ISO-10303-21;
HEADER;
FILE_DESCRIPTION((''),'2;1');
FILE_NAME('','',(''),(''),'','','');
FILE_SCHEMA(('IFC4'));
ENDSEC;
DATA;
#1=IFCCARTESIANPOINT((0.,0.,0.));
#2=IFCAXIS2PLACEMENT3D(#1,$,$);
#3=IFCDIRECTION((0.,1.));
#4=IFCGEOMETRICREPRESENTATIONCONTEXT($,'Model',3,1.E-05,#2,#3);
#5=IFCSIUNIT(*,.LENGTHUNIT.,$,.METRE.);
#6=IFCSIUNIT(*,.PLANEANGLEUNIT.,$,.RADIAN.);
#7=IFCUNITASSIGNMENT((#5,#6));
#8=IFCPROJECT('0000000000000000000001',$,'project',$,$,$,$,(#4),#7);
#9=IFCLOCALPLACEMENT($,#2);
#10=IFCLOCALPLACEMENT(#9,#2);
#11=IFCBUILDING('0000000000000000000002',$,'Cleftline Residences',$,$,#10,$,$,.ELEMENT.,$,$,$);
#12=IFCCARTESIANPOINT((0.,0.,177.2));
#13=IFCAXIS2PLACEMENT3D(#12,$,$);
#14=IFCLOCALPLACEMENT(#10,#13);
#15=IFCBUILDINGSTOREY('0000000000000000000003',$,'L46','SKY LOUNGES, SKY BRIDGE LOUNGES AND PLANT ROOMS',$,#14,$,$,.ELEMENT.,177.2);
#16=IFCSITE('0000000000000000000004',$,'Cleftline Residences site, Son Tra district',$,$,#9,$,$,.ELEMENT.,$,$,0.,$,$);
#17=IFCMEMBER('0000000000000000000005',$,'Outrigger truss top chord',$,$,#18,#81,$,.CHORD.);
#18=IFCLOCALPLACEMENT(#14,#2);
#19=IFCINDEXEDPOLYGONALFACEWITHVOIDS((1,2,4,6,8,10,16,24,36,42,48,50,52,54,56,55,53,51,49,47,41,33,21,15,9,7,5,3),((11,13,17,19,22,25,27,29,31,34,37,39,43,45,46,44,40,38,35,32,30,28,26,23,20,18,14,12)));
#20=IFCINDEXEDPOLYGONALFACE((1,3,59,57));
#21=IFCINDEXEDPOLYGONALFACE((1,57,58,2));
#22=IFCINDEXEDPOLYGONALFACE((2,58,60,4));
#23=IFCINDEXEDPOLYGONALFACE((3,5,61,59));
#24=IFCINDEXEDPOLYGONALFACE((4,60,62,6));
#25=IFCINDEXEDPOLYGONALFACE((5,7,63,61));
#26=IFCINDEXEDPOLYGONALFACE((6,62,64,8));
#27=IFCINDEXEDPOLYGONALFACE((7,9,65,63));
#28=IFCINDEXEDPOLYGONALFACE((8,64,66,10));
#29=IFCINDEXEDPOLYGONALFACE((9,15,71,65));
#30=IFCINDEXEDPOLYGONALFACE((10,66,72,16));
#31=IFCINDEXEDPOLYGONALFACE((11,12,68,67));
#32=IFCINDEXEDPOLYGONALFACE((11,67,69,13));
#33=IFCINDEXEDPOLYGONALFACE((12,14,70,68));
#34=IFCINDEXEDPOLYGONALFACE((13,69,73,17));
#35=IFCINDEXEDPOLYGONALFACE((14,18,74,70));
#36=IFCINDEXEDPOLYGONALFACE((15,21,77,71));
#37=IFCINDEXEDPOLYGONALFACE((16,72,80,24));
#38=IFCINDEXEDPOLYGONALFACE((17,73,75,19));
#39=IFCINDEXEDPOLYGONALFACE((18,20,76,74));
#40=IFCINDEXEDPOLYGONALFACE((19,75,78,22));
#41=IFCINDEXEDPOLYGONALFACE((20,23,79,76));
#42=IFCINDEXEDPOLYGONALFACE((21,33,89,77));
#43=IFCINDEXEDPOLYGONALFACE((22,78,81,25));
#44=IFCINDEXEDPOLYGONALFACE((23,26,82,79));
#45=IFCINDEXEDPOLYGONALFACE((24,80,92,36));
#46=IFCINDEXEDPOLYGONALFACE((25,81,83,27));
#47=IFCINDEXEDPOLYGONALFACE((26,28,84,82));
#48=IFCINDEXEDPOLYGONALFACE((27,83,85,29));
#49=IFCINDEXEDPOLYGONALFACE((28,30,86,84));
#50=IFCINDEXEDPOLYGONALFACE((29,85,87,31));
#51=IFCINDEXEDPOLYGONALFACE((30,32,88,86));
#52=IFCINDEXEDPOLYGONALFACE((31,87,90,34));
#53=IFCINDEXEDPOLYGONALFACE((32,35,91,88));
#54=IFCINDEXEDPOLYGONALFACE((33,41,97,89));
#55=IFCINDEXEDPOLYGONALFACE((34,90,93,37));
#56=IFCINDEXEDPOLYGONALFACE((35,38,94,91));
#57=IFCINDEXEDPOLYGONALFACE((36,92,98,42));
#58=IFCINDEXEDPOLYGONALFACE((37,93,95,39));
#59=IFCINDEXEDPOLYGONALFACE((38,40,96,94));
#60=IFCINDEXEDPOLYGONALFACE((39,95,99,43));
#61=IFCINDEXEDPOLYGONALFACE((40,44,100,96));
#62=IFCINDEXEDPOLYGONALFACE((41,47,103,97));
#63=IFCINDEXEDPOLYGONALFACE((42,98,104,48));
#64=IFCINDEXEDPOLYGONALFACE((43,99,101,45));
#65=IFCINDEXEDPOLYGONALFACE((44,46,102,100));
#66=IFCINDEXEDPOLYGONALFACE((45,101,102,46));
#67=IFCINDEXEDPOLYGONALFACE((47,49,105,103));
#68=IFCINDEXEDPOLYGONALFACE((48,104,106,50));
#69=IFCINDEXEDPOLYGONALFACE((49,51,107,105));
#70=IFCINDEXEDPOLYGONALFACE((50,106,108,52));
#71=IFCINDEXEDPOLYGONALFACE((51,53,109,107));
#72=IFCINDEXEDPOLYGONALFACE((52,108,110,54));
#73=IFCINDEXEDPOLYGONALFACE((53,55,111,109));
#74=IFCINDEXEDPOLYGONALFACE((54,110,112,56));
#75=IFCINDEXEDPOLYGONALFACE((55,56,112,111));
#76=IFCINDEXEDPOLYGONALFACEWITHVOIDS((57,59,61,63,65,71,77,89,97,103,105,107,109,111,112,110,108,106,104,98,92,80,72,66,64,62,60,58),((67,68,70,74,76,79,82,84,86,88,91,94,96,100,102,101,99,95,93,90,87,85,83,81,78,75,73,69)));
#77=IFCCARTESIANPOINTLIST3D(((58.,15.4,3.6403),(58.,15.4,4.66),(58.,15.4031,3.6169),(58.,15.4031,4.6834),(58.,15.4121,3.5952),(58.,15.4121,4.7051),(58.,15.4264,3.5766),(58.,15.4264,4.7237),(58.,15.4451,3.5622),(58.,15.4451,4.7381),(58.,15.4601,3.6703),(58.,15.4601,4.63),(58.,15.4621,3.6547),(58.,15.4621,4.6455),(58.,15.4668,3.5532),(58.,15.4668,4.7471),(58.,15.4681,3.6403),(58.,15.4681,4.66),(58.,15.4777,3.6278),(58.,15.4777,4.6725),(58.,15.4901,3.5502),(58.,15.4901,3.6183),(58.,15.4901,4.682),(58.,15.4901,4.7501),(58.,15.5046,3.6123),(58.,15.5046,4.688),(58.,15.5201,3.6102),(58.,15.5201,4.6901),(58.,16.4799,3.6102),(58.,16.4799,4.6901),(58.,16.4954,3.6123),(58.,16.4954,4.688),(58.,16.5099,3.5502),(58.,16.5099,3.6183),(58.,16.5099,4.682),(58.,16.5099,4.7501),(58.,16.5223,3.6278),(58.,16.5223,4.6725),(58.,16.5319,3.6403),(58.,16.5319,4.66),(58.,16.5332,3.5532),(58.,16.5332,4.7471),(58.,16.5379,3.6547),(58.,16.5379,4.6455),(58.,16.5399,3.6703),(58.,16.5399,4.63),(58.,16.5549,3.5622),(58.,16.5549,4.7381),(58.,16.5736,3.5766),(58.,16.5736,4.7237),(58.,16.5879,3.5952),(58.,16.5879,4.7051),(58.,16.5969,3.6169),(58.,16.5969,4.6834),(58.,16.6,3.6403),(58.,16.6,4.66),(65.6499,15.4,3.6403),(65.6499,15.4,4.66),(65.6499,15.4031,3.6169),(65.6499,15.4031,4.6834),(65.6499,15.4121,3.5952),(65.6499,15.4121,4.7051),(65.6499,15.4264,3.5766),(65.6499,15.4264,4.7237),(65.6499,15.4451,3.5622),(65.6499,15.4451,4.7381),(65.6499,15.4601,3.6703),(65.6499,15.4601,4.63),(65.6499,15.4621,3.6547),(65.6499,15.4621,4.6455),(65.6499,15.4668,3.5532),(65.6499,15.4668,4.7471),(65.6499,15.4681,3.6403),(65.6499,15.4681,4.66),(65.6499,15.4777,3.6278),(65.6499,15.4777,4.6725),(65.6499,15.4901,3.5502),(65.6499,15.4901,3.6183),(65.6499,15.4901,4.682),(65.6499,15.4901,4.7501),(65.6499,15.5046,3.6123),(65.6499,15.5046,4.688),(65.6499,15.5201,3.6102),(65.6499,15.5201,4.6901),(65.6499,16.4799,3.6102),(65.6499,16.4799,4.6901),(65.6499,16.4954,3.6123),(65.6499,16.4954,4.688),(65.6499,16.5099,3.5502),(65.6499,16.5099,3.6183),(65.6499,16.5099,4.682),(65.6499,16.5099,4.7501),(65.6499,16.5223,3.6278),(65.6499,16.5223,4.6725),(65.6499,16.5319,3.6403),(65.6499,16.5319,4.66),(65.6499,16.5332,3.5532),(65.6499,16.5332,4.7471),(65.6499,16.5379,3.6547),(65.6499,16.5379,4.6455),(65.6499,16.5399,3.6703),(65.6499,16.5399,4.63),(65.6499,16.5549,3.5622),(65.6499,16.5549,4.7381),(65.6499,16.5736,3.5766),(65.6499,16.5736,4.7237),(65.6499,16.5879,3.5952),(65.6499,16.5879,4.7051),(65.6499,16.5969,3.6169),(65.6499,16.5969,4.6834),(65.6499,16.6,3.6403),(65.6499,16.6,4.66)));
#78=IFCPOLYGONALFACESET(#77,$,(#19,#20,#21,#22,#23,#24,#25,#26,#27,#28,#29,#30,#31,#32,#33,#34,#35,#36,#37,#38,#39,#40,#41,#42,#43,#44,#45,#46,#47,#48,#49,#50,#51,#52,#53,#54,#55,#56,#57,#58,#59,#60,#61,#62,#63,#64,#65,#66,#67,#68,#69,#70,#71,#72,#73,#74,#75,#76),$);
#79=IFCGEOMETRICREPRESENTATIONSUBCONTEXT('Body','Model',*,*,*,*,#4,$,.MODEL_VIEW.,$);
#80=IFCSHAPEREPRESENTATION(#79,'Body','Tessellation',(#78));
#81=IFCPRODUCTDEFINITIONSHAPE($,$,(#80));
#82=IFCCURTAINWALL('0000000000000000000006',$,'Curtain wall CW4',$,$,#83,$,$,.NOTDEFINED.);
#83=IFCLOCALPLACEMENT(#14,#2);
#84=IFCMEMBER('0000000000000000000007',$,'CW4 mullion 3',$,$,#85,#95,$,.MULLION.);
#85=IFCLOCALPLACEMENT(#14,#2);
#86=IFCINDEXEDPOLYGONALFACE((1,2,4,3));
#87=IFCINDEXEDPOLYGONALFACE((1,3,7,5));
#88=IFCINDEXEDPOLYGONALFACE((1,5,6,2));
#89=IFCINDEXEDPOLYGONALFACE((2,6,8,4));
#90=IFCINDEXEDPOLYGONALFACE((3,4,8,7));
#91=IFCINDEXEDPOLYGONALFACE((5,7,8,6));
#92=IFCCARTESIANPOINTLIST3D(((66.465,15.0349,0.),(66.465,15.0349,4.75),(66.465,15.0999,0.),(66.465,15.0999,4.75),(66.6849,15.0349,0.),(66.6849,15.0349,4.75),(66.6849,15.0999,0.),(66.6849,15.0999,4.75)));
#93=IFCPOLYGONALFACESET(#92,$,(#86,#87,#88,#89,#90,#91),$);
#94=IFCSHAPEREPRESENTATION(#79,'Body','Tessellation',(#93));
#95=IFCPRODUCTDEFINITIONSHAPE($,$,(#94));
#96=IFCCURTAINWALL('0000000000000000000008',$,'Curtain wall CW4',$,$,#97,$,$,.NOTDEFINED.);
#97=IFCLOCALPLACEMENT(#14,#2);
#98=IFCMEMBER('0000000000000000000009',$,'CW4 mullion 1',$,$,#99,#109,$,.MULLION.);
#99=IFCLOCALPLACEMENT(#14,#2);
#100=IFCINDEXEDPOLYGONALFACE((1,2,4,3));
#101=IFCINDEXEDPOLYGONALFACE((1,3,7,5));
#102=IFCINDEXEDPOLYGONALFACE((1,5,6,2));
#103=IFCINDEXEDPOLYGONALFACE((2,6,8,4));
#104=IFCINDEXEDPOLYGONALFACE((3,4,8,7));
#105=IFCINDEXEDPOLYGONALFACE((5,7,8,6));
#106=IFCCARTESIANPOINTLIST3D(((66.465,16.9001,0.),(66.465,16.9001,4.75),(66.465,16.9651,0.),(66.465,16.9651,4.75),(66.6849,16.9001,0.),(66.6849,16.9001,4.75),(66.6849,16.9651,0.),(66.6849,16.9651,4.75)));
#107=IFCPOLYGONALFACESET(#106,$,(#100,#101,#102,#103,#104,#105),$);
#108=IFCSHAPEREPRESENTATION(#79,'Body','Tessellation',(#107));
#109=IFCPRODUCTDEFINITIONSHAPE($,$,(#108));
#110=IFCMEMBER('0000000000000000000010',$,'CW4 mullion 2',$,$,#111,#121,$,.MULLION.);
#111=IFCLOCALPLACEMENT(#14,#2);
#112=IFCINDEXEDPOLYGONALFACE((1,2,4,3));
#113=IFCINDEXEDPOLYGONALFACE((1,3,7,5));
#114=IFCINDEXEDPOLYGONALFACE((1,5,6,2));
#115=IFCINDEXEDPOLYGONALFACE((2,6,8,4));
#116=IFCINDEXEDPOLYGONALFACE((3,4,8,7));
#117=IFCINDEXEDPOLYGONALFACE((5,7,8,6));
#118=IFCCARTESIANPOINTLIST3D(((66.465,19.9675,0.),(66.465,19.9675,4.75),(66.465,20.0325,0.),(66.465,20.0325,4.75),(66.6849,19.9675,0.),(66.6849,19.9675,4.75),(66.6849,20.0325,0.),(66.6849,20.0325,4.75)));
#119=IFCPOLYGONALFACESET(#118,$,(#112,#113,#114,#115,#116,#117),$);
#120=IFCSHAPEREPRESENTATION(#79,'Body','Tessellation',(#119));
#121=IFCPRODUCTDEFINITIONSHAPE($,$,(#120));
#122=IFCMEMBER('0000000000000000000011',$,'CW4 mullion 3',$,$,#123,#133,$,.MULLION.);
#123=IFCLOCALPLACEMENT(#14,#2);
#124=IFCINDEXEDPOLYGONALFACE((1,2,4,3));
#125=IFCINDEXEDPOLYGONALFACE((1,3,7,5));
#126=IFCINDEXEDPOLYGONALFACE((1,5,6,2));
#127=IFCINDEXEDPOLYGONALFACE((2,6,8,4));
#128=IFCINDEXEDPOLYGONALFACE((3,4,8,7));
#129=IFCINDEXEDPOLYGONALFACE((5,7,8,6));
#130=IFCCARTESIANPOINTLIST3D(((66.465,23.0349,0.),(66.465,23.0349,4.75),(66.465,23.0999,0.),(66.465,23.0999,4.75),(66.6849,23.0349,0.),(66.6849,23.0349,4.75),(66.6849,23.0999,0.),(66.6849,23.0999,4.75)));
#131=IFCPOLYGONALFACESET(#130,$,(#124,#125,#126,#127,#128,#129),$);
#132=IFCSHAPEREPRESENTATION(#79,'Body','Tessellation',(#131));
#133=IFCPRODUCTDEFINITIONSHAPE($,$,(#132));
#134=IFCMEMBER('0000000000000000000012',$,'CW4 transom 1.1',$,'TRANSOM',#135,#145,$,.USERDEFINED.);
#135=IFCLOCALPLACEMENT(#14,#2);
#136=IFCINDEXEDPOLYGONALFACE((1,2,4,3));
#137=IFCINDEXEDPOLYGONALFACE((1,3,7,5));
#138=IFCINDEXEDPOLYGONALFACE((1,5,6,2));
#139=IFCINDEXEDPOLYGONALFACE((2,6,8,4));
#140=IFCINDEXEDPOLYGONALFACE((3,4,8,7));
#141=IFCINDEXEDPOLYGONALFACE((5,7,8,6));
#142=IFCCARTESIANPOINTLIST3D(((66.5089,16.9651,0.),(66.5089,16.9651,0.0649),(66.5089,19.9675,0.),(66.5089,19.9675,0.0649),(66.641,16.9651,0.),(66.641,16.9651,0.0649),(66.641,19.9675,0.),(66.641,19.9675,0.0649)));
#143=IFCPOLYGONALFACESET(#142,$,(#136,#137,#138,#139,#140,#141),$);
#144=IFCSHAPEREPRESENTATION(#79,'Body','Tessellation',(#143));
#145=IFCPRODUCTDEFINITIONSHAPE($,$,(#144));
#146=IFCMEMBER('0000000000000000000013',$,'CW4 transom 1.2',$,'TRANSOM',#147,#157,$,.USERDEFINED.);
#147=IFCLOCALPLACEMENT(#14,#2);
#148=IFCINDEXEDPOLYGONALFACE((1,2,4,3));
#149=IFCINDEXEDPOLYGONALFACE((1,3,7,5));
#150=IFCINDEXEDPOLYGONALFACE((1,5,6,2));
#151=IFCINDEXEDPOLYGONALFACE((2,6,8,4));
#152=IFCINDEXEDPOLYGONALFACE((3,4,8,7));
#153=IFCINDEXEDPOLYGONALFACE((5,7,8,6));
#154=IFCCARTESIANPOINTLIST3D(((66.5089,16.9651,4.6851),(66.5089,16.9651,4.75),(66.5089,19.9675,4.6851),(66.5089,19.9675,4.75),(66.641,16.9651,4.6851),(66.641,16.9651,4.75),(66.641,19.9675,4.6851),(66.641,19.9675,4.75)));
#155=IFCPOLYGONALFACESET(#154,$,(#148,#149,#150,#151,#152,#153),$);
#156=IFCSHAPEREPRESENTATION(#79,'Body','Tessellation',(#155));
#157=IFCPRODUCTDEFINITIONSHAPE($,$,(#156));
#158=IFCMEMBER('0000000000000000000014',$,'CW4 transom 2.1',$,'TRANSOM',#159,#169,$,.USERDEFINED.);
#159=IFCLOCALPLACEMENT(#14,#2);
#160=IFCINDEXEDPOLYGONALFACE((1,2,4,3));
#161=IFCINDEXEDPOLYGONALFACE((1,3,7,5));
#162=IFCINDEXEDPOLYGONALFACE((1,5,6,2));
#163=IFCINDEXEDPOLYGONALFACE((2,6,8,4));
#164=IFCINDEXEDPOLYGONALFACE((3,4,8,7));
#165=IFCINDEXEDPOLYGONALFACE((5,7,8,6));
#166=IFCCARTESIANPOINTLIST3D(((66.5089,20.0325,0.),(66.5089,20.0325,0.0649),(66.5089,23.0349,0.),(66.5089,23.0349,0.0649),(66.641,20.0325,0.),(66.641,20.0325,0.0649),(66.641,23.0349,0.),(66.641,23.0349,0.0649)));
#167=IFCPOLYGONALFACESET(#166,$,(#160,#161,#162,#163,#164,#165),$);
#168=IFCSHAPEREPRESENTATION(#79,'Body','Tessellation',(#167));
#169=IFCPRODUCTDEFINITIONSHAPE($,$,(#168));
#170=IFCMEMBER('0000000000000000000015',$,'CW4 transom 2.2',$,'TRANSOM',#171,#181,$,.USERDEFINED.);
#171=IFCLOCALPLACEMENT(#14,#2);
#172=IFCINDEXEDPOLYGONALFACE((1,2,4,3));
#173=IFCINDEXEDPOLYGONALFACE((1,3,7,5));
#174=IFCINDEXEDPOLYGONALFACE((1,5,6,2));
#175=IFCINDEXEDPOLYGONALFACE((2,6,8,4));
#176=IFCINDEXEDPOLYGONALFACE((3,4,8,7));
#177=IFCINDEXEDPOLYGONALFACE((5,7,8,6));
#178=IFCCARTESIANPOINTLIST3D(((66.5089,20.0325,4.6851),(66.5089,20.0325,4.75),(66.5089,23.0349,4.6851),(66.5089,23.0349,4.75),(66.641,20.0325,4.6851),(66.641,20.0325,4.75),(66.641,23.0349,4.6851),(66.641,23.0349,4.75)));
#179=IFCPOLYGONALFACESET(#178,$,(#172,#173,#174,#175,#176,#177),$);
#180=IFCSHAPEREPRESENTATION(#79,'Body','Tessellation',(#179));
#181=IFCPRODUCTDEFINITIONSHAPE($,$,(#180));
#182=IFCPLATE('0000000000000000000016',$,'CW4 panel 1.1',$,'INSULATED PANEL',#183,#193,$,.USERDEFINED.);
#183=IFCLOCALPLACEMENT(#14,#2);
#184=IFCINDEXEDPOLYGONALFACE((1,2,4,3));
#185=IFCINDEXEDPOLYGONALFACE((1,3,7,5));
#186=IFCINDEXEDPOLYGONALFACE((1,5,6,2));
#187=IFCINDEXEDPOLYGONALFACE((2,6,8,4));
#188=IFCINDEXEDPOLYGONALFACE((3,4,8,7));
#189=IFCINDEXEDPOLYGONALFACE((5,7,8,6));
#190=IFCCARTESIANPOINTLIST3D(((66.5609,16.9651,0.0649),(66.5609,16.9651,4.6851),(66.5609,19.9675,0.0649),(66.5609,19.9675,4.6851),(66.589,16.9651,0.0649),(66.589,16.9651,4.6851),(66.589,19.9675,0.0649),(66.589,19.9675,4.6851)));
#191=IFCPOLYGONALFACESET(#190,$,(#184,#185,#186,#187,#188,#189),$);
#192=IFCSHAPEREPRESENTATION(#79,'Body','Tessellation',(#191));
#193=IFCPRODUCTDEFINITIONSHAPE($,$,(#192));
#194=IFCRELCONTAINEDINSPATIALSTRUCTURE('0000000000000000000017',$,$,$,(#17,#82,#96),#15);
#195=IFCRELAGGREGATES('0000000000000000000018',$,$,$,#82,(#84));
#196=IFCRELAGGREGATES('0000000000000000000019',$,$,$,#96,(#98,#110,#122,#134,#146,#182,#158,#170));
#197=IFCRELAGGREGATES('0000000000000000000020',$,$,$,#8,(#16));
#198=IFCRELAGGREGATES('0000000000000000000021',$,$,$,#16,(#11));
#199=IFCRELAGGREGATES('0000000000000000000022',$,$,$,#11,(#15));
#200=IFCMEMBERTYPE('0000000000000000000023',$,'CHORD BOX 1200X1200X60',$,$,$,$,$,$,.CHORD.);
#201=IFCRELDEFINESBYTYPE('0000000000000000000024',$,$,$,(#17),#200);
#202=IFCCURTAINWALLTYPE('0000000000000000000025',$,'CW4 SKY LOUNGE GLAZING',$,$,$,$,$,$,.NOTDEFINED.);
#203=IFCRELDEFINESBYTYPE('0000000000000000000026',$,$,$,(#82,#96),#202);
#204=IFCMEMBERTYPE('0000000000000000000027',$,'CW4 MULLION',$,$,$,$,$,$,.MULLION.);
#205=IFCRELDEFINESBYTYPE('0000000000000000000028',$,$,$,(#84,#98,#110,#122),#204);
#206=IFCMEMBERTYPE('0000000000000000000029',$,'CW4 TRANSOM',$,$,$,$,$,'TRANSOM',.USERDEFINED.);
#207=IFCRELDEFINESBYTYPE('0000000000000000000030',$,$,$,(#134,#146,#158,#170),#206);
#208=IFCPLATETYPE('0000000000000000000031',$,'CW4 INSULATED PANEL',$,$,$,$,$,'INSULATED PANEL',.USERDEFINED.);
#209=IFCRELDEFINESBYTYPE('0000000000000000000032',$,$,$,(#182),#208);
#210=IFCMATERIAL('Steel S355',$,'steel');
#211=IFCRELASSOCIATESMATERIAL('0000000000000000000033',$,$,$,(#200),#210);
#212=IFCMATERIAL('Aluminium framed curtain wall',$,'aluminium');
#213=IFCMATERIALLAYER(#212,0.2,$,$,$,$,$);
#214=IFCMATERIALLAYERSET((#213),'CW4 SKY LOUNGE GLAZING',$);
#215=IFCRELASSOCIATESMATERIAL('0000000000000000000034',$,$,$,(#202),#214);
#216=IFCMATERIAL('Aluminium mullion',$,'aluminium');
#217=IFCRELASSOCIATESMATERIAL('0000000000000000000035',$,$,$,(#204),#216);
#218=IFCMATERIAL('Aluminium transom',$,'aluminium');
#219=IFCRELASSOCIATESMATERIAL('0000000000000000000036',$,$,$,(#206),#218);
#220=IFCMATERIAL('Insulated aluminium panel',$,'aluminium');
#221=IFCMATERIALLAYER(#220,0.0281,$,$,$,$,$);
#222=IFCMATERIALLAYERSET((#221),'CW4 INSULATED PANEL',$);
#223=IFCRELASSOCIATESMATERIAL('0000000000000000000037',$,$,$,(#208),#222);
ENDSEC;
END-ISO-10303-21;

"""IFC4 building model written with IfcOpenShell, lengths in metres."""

from ifc_helpers import new_model, si_unit, direction, frame, origin, origin_2d, place, context, subcontext, project, spatial, rectangle, hollow_rectangle, extrude, material, layer, layer_set, material_profile, profile_set, type_object, element, aggregate, save


model = new_model("IFC4")

# Units and contexts
model_context = context("Model", 3, precision=1e-05, world=origin(), true_north=direction((0.0, 1.0)))
body_context = subcontext(model_context, "Body", "Model", "MODEL_VIEW")
ifc_project = project(units=[si_unit("LENGTHUNIT", "METRE"), si_unit("PLANEANGLEUNIT", "RADIAN")], contexts=[model_context])

# Site, building, storey
site_placement = place(None, origin())
site = spatial("IfcSite", under=ifc_project, at=site_placement, Name="Cleftline Residences site, Son Tra district", CompositionType="ELEMENT", RefElevation=0.0)
building_placement = place(site_placement, origin())
building = spatial("IfcBuilding", under=site, at=building_placement, Name="Cleftline Residences", CompositionType="ELEMENT")
storey_placement = place(building_placement, frame((0.0, 0.0, 177.2)))
storey = spatial("IfcBuildingStorey", under=building, at=storey_placement, Name="L46", Description="SKY LOUNGES, SKY BRIDGE LOUNGES AND PLANT ROOMS", CompositionType="ELEMENT", Elevation=177.2)

# Member
ifc_material_1 = material(Name="Steel S355", Category="steel")
ifc_material_profile_1 = material_profile(ifc_material_1, hollow_rectangle(XDim=1.2, YDim=1.2, WallThickness=0.0601, InnerFilletRadius=0.0601, OuterFilletRadius=0.0901, at=origin_2d()))
ifc_profile_set_1 = profile_set([ifc_material_profile_1], Name="Steel S355")
member_type_1 = type_object("IfcMemberType", Name="CHORD BOX 1200X1200X60", PredefinedType="CHORD", material=ifc_profile_set_1)
member_1_placement = place(storey_placement, frame((58.0, 16.0, 4.1501), z_axis=(1.0, 0.0, 0.0), x_axis=(0.0, 1.0, 0.0)))
element("IfcMember", 1, at=member_1_placement, inside=storey, type_object=member_type_1, Name="Outrigger truss top chord", PredefinedType="CHORD", context=body_context, shape_type="SweptSolid", body=[
    extrude(hollow_rectangle(XDim=1.2, YDim=1.2, WallThickness=0.0601, InnerFilletRadius=0.0601, OuterFilletRadius=0.0901, at=origin_2d()), origin(), (0.0, 0.0, 1.0), 7.6499),
])

# Curtain wall, member
ifc_material_2 = material(Name="Aluminium framed curtain wall", Category="aluminium")
ifc_layer_1 = layer(ifc_material_2, 0.2)
ifc_layer_set_1 = layer_set([ifc_layer_1], Name="CW4 SKY LOUNGE GLAZING")
curtain_wall_type = type_object("IfcCurtainWallType", Name="CW4 SKY LOUNGE GLAZING", PredefinedType="NOTDEFINED", material=ifc_layer_set_1)
curtain_wall_1_placement = place(storey_placement, origin())
curtain_wall_1 = element("IfcCurtainWall", 2, at=curtain_wall_1_placement, inside=storey, type_object=curtain_wall_type, Name="Curtain wall CW4", PredefinedType="NOTDEFINED")
ifc_material_3 = material(Name="Aluminium mullion", Category="aluminium")
ifc_material_profile_2 = material_profile(ifc_material_3, rectangle(XDim=0.22, YDim=0.0649, at=origin_2d()))
ifc_profile_set_2 = profile_set([ifc_material_profile_2], Name="Aluminium mullion")
member_type_2 = type_object("IfcMemberType", Name="CW4 MULLION", PredefinedType="MULLION", material=ifc_profile_set_2)
member_2_placement = place(storey_placement, frame((66.575, 15.0674, 0.0), z_axis=(0.0, 0.0, 1.0), x_axis=(-1.0, 0.0, 0.0)))
member_2 = element("IfcMember", 3, at=member_2_placement, type_object=member_type_2, Name="CW4 mullion 3", PredefinedType="MULLION", context=body_context, shape_type="SweptSolid", body=[
    extrude(rectangle(XDim=0.22, YDim=0.0649, at=origin_2d()), origin(), (0.0, 0.0, 1.0), 4.75),
])
aggregate(curtain_wall_1, [member_2])

# Curtain wall, members, plate
curtain_wall_2_placement = place(storey_placement, origin())
curtain_wall_2 = element("IfcCurtainWall", 4, at=curtain_wall_2_placement, inside=storey, type_object=curtain_wall_type, Name="Curtain wall CW4", PredefinedType="NOTDEFINED")
member_3_placement = place(storey_placement, frame((66.575, 16.9326, 0.0), z_axis=(0.0, 0.0, 1.0), x_axis=(-1.0, 0.0, 0.0)))
member_3 = element("IfcMember", 5, at=member_3_placement, type_object=member_type_2, Name="CW4 mullion 1", PredefinedType="MULLION", context=body_context, shape_type="SweptSolid", body=[
    extrude(rectangle(XDim=0.22, YDim=0.0649, at=origin_2d()), origin(), (0.0, 0.0, 1.0), 4.75),
])
member_4_placement = place(storey_placement, frame((66.575, 20.0, 0.0), z_axis=(0.0, 0.0, 1.0), x_axis=(-1.0, 0.0, 0.0)))
member_4 = element("IfcMember", 6, at=member_4_placement, type_object=member_type_2, Name="CW4 mullion 2", PredefinedType="MULLION", context=body_context, shape_type="SweptSolid", body=[
    extrude(rectangle(XDim=0.22, YDim=0.0649, at=origin_2d()), origin(), (0.0, 0.0, 1.0), 4.75),
])
member_5_placement = place(storey_placement, frame((66.575, 23.0674, 0.0), z_axis=(0.0, 0.0, 1.0), x_axis=(-1.0, 0.0, 0.0)))
member_5 = element("IfcMember", 7, at=member_5_placement, type_object=member_type_2, Name="CW4 mullion 3", PredefinedType="MULLION", context=body_context, shape_type="SweptSolid", body=[
    extrude(rectangle(XDim=0.22, YDim=0.0649, at=origin_2d()), origin(), (0.0, 0.0, 1.0), 4.75),
])
ifc_material_4 = material(Name="Aluminium transom", Category="aluminium")
ifc_material_profile_3 = material_profile(ifc_material_4, rectangle(XDim=0.1321, YDim=0.0649, at=origin_2d()))
ifc_profile_set_3 = profile_set([ifc_material_profile_3], Name="Aluminium transom")
member_type_3 = type_object("IfcMemberType", Name="CW4 TRANSOM", ElementType="TRANSOM", PredefinedType="USERDEFINED", material=ifc_profile_set_3)
member_6_placement = place(storey_placement, frame((66.575, 16.9651, 0.0325), z_axis=(0.0, 1.0, 0.0), x_axis=(-1.0, 0.0, 0.0)))
member_6 = element("IfcMember", 8, at=member_6_placement, type_object=member_type_3, Name="CW4 transom 1.1", ObjectType="TRANSOM", PredefinedType="USERDEFINED", context=body_context, shape_type="SweptSolid", body=[
    extrude(rectangle(XDim=0.1321, YDim=0.0649, at=origin_2d()), origin(), (0.0, 0.0, 1.0), 3.0024),
])
member_7_placement = place(storey_placement, frame((66.575, 16.9651, 4.7175), z_axis=(0.0, 1.0, 0.0), x_axis=(-1.0, 0.0, 0.0)))
member_7 = element("IfcMember", 9, at=member_7_placement, type_object=member_type_3, Name="CW4 transom 1.2", ObjectType="TRANSOM", PredefinedType="USERDEFINED", context=body_context, shape_type="SweptSolid", body=[
    extrude(rectangle(XDim=0.1321, YDim=0.0649, at=origin_2d()), origin(), (0.0, 0.0, 1.0), 3.0024),
])
member_8_placement = place(storey_placement, frame((66.575, 20.0325, 0.0325), z_axis=(0.0, 1.0, 0.0), x_axis=(-1.0, 0.0, 0.0)))
member_8 = element("IfcMember", 10, at=member_8_placement, type_object=member_type_3, Name="CW4 transom 2.1", ObjectType="TRANSOM", PredefinedType="USERDEFINED", context=body_context, shape_type="SweptSolid", body=[
    extrude(rectangle(XDim=0.1321, YDim=0.0649, at=origin_2d()), origin(), (0.0, 0.0, 1.0), 3.0024),
])
member_9_placement = place(storey_placement, frame((66.575, 20.0325, 4.7175), z_axis=(0.0, 1.0, 0.0), x_axis=(-1.0, 0.0, 0.0)))
member_9 = element("IfcMember", 11, at=member_9_placement, type_object=member_type_3, Name="CW4 transom 2.2", ObjectType="TRANSOM", PredefinedType="USERDEFINED", context=body_context, shape_type="SweptSolid", body=[
    extrude(rectangle(XDim=0.1321, YDim=0.0649, at=origin_2d()), origin(), (0.0, 0.0, 1.0), 3.0024),
])
ifc_material_5 = material(Name="Insulated aluminium panel", Category="aluminium")
ifc_layer_2 = layer(ifc_material_5, 0.0281)
ifc_layer_set_2 = layer_set([ifc_layer_2], Name="CW4 INSULATED PANEL")
plate_type = type_object("IfcPlateType", Name="CW4 INSULATED PANEL", ElementType="INSULATED PANEL", PredefinedType="USERDEFINED", material=ifc_layer_set_2)
plate_1_placement = place(storey_placement, frame((66.575, 18.4663, 0.0649), z_axis=(0.0, 0.0, 1.0), x_axis=(0.0, 1.0, 0.0)))
plate_1 = element("IfcPlate", 12, at=plate_1_placement, type_object=plate_type, Name="CW4 panel 1.1", ObjectType="INSULATED PANEL", PredefinedType="USERDEFINED", context=body_context, shape_type="SweptSolid", body=[
    extrude(rectangle(XDim=3.0024, YDim=0.0281, at=origin_2d()), origin(), (0.0, 0.0, 1.0), 4.6201),
])
aggregate(curtain_wall_2, [member_3, member_4, member_5, member_6, member_7, plate_1, member_8, member_9])

save(model, "model.ifc")
